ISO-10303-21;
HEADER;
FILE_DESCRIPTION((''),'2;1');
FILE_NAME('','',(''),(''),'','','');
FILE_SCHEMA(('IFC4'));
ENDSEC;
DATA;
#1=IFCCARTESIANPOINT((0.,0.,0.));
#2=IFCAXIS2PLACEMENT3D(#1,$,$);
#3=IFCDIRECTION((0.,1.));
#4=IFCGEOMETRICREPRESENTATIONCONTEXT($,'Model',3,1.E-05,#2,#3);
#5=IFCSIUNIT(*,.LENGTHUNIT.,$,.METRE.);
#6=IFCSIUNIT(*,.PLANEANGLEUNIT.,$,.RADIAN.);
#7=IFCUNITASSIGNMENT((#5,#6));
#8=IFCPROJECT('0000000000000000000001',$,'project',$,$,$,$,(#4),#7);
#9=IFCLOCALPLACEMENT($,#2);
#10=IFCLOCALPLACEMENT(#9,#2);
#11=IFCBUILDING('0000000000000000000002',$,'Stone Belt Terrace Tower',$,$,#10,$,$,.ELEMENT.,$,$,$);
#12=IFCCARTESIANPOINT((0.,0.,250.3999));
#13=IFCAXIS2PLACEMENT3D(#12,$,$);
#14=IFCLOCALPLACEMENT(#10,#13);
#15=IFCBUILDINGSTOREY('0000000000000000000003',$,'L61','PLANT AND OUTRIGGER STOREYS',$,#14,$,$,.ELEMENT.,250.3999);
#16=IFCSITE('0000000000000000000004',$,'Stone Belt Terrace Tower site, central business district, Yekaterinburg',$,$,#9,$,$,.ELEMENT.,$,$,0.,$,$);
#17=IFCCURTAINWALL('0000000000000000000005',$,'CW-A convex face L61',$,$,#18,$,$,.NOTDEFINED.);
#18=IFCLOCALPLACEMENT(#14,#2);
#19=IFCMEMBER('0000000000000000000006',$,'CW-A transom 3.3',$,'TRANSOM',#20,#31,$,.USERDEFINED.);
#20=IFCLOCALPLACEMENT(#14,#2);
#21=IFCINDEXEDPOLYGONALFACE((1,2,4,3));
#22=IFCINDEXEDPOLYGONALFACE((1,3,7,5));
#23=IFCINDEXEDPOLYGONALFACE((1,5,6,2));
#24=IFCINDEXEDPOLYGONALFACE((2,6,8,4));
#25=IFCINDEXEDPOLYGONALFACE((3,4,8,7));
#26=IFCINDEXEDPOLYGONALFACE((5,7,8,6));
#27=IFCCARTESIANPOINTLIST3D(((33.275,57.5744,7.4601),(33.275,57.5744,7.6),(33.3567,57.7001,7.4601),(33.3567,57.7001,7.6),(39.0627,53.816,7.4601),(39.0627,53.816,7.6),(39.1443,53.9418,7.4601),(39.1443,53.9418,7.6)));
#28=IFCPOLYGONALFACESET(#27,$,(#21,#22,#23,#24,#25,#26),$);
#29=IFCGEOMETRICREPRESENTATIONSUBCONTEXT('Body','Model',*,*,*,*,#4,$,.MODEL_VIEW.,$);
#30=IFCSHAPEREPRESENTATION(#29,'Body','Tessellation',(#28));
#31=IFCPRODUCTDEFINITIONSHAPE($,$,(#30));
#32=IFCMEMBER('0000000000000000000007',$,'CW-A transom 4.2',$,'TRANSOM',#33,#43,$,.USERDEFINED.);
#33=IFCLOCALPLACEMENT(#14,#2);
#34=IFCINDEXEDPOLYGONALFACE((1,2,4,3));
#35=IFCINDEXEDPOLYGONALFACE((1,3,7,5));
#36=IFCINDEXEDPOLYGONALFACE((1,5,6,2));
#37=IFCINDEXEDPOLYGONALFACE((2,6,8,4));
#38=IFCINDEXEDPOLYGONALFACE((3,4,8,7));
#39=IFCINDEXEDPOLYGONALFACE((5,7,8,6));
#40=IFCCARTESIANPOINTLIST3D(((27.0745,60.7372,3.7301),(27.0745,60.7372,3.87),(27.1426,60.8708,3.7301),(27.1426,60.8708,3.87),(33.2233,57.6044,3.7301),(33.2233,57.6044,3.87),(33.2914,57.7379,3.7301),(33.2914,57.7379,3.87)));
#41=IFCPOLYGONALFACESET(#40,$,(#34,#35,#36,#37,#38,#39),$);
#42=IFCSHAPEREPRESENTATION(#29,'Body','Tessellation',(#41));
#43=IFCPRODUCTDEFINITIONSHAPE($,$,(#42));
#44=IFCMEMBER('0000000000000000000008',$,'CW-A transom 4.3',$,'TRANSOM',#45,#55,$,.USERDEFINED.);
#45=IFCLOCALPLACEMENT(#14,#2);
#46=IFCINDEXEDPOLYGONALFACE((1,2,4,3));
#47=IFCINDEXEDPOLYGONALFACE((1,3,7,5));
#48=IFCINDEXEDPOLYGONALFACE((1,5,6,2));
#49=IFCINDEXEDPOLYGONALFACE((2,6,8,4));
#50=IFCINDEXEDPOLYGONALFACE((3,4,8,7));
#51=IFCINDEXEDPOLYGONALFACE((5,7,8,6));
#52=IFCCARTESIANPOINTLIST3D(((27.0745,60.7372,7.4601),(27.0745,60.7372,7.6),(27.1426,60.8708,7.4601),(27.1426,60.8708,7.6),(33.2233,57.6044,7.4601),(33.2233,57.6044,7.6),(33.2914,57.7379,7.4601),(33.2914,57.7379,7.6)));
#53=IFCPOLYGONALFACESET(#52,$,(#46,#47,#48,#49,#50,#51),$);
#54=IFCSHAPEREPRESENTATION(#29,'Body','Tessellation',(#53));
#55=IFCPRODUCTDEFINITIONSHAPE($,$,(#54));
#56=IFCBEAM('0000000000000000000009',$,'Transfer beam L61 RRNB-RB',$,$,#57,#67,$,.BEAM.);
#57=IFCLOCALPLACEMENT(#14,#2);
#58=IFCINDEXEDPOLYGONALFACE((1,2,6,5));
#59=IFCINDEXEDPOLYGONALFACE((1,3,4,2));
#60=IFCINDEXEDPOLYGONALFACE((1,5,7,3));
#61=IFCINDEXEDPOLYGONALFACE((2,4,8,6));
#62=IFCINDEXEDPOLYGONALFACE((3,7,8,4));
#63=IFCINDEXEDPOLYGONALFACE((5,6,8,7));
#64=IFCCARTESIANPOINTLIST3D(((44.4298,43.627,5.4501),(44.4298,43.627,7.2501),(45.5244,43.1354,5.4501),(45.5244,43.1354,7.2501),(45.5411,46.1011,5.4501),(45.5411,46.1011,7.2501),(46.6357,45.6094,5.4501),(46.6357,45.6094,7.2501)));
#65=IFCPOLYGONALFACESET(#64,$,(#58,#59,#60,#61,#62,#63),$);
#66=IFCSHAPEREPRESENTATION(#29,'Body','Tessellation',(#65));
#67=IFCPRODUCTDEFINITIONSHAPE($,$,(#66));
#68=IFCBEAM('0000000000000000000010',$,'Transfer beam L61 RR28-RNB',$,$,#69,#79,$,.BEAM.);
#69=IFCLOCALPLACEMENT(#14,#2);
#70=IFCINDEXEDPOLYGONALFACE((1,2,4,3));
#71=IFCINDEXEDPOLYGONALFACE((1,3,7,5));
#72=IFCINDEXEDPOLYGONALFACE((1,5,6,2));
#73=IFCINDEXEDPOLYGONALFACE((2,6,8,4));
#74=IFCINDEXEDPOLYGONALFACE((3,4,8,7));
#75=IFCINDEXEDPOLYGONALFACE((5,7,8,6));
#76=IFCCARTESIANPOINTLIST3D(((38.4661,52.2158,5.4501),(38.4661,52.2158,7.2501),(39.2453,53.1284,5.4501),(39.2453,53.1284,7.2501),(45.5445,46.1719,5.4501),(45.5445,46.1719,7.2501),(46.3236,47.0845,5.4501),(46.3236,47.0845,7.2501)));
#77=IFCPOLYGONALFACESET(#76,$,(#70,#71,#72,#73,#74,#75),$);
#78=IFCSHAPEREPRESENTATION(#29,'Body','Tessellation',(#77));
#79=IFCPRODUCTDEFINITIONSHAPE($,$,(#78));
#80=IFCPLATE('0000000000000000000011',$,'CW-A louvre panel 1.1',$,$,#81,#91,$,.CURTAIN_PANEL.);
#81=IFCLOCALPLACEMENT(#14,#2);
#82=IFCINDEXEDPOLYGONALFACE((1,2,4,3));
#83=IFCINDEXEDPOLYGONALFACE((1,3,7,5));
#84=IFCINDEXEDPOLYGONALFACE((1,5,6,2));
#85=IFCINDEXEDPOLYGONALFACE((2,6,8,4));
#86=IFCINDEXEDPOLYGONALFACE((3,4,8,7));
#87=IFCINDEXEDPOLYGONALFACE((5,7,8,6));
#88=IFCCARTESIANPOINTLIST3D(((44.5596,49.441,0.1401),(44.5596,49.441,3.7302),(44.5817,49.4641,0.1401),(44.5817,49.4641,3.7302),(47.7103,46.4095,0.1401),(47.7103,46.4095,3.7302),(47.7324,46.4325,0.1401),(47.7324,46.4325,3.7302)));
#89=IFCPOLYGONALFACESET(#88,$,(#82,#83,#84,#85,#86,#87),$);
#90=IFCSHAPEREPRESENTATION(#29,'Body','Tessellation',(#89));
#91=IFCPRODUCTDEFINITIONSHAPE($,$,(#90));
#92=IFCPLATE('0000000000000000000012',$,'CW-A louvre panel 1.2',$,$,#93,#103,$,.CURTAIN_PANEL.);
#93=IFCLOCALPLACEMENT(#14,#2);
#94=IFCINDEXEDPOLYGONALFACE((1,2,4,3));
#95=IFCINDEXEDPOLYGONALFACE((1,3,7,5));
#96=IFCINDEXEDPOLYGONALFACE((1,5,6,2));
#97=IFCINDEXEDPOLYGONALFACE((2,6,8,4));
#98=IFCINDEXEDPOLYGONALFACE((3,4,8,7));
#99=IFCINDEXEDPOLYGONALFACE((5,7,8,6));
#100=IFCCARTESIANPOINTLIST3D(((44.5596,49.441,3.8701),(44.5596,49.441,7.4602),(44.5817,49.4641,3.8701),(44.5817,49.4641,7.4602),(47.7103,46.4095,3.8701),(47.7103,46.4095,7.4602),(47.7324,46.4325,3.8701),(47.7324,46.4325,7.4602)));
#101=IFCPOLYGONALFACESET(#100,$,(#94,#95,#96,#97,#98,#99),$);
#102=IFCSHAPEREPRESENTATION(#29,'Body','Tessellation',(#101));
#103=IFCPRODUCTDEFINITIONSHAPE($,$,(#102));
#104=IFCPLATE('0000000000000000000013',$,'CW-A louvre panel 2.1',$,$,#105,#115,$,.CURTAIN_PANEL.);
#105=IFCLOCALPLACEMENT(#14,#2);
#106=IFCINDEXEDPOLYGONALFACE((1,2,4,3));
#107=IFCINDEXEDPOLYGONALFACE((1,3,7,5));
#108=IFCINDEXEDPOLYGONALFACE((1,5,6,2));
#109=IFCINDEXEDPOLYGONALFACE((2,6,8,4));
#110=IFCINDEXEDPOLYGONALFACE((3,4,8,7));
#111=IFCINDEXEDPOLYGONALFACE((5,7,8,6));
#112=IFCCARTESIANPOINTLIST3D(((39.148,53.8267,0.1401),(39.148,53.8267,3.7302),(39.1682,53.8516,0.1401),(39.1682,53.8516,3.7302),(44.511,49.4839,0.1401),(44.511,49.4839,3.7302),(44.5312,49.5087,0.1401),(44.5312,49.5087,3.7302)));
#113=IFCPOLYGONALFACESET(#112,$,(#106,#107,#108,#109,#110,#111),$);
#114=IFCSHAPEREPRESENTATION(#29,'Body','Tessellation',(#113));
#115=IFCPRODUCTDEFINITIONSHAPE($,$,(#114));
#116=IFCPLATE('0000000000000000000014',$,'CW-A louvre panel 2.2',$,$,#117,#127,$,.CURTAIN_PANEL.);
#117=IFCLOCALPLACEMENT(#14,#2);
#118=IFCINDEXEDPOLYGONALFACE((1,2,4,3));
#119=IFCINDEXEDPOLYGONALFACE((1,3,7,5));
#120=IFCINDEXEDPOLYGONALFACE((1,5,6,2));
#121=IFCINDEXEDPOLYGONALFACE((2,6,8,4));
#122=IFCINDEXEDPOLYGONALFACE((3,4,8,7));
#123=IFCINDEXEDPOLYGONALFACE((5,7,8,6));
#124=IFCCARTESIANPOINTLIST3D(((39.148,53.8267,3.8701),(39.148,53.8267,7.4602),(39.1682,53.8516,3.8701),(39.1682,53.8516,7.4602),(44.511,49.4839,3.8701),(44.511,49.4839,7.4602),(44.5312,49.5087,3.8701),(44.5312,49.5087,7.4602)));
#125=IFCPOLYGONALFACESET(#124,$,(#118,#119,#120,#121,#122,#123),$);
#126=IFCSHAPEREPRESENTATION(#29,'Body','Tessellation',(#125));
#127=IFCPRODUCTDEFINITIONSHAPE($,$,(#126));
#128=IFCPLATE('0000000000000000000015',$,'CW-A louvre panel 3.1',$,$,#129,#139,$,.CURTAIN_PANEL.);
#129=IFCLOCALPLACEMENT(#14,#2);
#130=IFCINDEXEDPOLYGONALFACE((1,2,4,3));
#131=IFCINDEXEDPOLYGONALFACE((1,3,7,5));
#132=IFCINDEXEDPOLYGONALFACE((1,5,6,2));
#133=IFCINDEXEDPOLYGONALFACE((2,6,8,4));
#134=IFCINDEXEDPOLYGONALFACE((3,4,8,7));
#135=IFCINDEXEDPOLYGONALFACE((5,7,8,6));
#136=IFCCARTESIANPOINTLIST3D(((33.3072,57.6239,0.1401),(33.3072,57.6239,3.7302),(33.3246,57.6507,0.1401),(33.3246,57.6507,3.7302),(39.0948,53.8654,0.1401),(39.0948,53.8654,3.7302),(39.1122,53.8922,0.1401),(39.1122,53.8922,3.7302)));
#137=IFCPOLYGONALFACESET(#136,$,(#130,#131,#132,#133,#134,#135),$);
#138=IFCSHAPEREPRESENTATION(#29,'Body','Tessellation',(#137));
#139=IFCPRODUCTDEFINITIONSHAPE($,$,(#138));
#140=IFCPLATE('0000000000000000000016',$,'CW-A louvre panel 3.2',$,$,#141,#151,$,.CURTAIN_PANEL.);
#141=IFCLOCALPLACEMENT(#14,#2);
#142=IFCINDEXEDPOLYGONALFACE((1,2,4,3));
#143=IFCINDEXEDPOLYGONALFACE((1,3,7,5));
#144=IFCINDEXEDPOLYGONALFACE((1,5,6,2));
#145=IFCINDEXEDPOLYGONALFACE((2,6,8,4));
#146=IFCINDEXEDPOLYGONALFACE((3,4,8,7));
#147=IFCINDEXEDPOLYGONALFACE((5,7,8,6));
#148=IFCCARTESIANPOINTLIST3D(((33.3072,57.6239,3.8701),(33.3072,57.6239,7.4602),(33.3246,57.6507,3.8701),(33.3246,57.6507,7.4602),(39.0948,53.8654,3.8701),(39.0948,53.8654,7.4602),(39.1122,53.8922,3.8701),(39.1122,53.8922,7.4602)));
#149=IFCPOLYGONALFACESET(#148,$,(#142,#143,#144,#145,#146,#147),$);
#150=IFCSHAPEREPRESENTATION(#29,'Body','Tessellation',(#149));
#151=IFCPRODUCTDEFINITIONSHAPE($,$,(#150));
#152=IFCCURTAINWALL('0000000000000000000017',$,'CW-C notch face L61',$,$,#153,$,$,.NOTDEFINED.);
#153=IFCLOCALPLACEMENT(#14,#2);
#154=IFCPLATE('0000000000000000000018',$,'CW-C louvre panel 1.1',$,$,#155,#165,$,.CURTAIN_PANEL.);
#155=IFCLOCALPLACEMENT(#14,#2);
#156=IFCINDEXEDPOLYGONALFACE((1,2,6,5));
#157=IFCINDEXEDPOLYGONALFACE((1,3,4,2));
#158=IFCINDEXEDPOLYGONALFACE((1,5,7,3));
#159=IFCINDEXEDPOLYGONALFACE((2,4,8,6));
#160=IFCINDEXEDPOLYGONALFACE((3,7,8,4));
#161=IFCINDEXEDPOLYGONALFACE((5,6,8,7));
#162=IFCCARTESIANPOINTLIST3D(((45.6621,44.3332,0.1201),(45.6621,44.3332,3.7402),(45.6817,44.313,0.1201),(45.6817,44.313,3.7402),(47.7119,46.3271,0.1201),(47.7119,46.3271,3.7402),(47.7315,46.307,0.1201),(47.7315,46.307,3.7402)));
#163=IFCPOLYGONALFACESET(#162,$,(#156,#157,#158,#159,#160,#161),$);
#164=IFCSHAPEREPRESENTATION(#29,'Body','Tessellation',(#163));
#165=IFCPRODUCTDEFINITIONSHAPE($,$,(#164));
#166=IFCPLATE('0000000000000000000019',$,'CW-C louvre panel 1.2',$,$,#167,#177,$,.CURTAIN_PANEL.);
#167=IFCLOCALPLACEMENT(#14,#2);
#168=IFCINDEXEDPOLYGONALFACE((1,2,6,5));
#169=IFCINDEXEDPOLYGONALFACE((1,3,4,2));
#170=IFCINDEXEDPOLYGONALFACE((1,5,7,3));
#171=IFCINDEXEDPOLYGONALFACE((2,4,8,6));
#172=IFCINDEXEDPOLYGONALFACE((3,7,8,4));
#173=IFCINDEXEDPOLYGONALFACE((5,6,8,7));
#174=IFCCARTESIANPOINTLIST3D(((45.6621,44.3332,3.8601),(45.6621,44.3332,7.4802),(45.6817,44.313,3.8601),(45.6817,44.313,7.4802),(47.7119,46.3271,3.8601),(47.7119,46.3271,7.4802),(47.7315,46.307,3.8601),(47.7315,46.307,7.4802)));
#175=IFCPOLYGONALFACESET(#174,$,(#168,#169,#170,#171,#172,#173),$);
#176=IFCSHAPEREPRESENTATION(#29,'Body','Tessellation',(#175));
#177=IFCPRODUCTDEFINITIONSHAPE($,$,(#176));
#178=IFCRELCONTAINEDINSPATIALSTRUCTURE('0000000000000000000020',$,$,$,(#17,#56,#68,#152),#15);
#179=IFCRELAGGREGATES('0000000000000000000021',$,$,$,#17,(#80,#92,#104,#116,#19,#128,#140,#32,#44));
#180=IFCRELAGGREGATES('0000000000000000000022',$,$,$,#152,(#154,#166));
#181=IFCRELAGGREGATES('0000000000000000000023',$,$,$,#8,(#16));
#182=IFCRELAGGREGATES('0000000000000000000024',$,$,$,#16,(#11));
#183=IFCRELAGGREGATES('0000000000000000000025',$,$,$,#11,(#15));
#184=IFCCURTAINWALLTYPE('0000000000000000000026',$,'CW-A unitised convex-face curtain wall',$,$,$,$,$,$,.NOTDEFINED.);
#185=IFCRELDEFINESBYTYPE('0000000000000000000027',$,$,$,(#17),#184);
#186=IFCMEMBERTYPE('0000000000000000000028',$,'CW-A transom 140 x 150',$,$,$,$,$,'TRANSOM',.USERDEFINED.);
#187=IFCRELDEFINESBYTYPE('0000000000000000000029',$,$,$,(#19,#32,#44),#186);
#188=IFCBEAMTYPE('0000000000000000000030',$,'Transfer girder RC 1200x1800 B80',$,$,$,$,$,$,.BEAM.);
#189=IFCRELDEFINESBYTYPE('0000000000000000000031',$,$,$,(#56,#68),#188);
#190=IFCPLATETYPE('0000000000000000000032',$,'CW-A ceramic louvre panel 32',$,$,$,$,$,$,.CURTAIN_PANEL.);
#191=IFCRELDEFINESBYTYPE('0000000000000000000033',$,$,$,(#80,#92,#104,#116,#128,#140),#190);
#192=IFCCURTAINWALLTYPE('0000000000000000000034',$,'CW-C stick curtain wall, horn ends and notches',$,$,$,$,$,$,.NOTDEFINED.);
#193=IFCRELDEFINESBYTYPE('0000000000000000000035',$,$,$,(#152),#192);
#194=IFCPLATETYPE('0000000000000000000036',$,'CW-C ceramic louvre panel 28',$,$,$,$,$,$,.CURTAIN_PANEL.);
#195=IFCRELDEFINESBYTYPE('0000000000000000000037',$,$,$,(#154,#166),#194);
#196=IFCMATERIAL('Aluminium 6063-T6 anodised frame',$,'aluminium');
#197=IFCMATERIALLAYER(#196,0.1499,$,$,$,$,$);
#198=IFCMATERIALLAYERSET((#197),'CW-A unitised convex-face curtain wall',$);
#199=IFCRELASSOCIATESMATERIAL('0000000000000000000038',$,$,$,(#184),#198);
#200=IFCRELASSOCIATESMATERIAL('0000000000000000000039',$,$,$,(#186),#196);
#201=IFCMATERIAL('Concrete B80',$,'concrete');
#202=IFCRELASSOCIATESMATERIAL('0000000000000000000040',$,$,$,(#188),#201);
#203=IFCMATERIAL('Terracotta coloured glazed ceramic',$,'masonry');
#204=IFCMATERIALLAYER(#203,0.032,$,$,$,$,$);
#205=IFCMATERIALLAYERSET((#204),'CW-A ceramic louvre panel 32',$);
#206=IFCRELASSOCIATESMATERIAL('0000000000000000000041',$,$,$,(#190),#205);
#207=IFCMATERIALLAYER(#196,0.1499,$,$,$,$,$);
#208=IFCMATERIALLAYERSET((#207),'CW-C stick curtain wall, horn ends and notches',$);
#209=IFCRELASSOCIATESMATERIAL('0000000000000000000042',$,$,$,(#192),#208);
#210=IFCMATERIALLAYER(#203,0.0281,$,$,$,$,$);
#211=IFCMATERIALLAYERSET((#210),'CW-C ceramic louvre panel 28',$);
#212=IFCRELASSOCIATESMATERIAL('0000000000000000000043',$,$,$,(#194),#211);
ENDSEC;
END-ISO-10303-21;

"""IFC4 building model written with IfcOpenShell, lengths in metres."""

from ifc_helpers import new_model, si_unit, direction, frame, origin, origin_2d, place, context, subcontext, project, spatial, rectangle, extrude, material, layer, layer_set, material_profile, profile_set, type_object, element, aggregate, save


model = new_model("IFC4")

# Units and contexts
model_context = context("Model", 3, precision=1e-05, world=origin(), true_north=direction((0.0, 1.0)))
body_context = subcontext(model_context, "Body", "Model", "MODEL_VIEW")
ifc_project = project(units=[si_unit("LENGTHUNIT", "METRE"), si_unit("PLANEANGLEUNIT", "RADIAN")], contexts=[model_context])

# Site, building, storey
site_placement = place(None, origin())
site = spatial("IfcSite", under=ifc_project, at=site_placement, Name="Stone Belt Terrace Tower site, central business district, Yekaterinburg", CompositionType="ELEMENT", RefElevation=0.0)
building_placement = place(site_placement, origin())
building = spatial("IfcBuilding", under=site, at=building_placement, Name="Stone Belt Terrace Tower", CompositionType="ELEMENT")
storey_placement = place(building_placement, frame((0.0, 0.0, 250.3999)))
storey = spatial("IfcBuildingStorey", under=building, at=storey_placement, Name="L61", Description="PLANT AND OUTRIGGER STOREYS", CompositionType="ELEMENT", Elevation=250.3999)

# Curtain wall, members
ifc_material_1 = material(Name="Aluminium 6063-T6 anodised frame", Category="aluminium")
ifc_layer_1 = layer(ifc_material_1, 0.1499)
ifc_layer_set_1 = layer_set([ifc_layer_1], Name="CW-A unitised convex-face curtain wall")
curtain_wall_type_1 = type_object("IfcCurtainWallType", Name="CW-A unitised convex-face curtain wall", PredefinedType="NOTDEFINED", material=ifc_layer_set_1)
curtain_wall_1_placement = place(storey_placement, origin())
curtain_wall_1 = element("IfcCurtainWall", 1, at=curtain_wall_1_placement, inside=storey, type_object=curtain_wall_type_1, Name="CW-A convex face L61", PredefinedType="NOTDEFINED")
ifc_material_profile_1 = material_profile(ifc_material_1, rectangle(XDim=0.1499, YDim=0.1399, at=origin_2d()), Name="Aluminium 6063-T6 150x140")
ifc_profile_set_1 = profile_set([ifc_material_profile_1], Name="Aluminium 6063-T6 anodised frame")
member_type_1 = type_object("IfcMemberType", Name="CW-A transom 140 x 150", ElementType="TRANSOM", PredefinedType="USERDEFINED", material=ifc_profile_set_1)
member_1_placement = place(storey_placement, frame((39.1035, 53.8789, 7.53), z_axis=(-0.838684, 0.544618, 0.0), x_axis=(-0.544618, -0.838684, 0.0)))
member_1 = element("IfcMember", 2, at=member_1_placement, type_object=member_type_1, Name="CW-A transom 3.3", ObjectType="TRANSOM", PredefinedType="USERDEFINED", context=body_context, shape_type="SweptSolid", body=[
    extrude(rectangle(XDim=0.1499, YDim=0.1399, at=origin_2d()), origin(), (0.0, 0.0, 1.0), 6.9009),
])
member_2_placement = place(storey_placement, frame((33.2573, 57.6711, 3.8), z_axis=(-0.891012, 0.453979, 0.0), x_axis=(-0.453979, -0.891012, 0.0)))
member_2 = element("IfcMember", 3, at=member_2_placement, type_object=member_type_1, Name="CW-A transom 4.2", ObjectType="TRANSOM", PredefinedType="USERDEFINED", context=body_context, shape_type="SweptSolid", body=[
    extrude(rectangle(XDim=0.1499, YDim=0.1399, at=origin_2d()), origin(), (0.0, 0.0, 1.0), 6.9009),
])
member_3_placement = place(storey_placement, frame((33.2573, 57.6711, 7.53), z_axis=(-0.891012, 0.453979, 0.0), x_axis=(-0.453979, -0.891012, 0.0)))
member_3 = element("IfcMember", 4, at=member_3_placement, type_object=member_type_1, Name="CW-A transom 4.3", ObjectType="TRANSOM", PredefinedType="USERDEFINED", context=body_context, shape_type="SweptSolid", body=[
    extrude(rectangle(XDim=0.1499, YDim=0.1399, at=origin_2d()), origin(), (0.0, 0.0, 1.0), 6.9009),
])

# Beams
ifc_material_2 = material(Name="Concrete B80", Category="concrete")
ifc_material_profile_2 = material_profile(ifc_material_2, rectangle(XDim=1.2, YDim=1.8, at=origin_2d()), Name="RC 1200x1800")
ifc_profile_set_2 = profile_set([ifc_material_profile_2], Name="Concrete B80")
beam_type = type_object("IfcBeamType", Name="Transfer girder RC 1200x1800 B80", PredefinedType="BEAM", material=ifc_profile_set_2)
beam_1_placement = place(storey_placement, frame((46.0884, 45.8552, 6.3501), z_axis=(-0.409743, -0.912201, 0.0), x_axis=(0.912201, -0.409743, 0.0)))
element("IfcBeam", 5, at=beam_1_placement, inside=storey, type_object=beam_type, Name="Transfer beam L61 RRNB-RB", PredefinedType="BEAM", context=body_context, shape_type="SweptSolid", body=[
    extrude(rectangle(XDim=1.2, YDim=1.8, at=origin_2d()), origin(), (0.0, 0.0, 1.0), 2.7122),
])
beam_2_placement = place(storey_placement, frame((38.8557, 52.6721, 6.3501), z_axis=(0.760488, -0.649352, 0.0), x_axis=(0.649352, 0.760488, 0.0)))
element("IfcBeam", 6, at=beam_2_placement, inside=storey, type_object=beam_type, Name="Transfer beam L61 RR28-RNB", PredefinedType="BEAM", context=body_context, shape_type="SweptSolid", body=[
    extrude(rectangle(XDim=1.2, YDim=1.8, at=origin_2d()), origin(), (0.0, 0.0, 1.0), 9.3076),
])

# Plates
ifc_material_3 = material(Name="Terracotta coloured glazed ceramic", Category="masonry")
ifc_layer_2 = layer(ifc_material_3, 0.032)
ifc_layer_set_2 = layer_set([ifc_layer_2], Name="CW-A ceramic louvre panel 32")
plate_type_1 = type_object("IfcPlateType", Name="CW-A ceramic louvre panel 32", PredefinedType="CURTAIN_PANEL", material=ifc_layer_set_2)
plate_1_placement = place(storey_placement, frame((46.146, 47.9368, 0.1401), z_axis=(0.0, 0.0, 1.0), x_axis=(-0.720604, 0.693346, 0.0)))
plate_1 = element("IfcPlate", 7, at=plate_1_placement, type_object=plate_type_1, Name="CW-A louvre panel 1.1", PredefinedType="CURTAIN_PANEL", context=body_context, shape_type="SweptSolid", body=[
    extrude(rectangle(XDim=4.3723, YDim=0.032, at=origin_2d()), origin(), (0.0, 0.0, 1.0), 3.5901),
])
plate_2_placement = place(storey_placement, frame((46.146, 47.9368, 3.8701), z_axis=(0.0, 0.0, 1.0), x_axis=(-0.720604, 0.693346, 0.0)))
plate_2 = element("IfcPlate", 8, at=plate_2_placement, type_object=plate_type_1, Name="CW-A louvre panel 1.2", PredefinedType="CURTAIN_PANEL", context=body_context, shape_type="SweptSolid", body=[
    extrude(rectangle(XDim=4.3723, YDim=0.032, at=origin_2d()), origin(), (0.0, 0.0, 1.0), 3.5901),
])
plate_3_placement = place(storey_placement, frame((41.8396, 51.6677, 0.1401), z_axis=(0.0, 0.0, 1.0), x_axis=(-0.777146, 0.62932, 0.0)))
plate_3 = element("IfcPlate", 9, at=plate_3_placement, type_object=plate_type_1, Name="CW-A louvre panel 2.1", PredefinedType="CURTAIN_PANEL", context=body_context, shape_type="SweptSolid", body=[
    extrude(rectangle(XDim=6.9009, YDim=0.032, at=origin_2d()), origin(), (0.0, 0.0, 1.0), 3.5901),
])
plate_4_placement = place(storey_placement, frame((41.8396, 51.6677, 3.8701), z_axis=(0.0, 0.0, 1.0), x_axis=(-0.777146, 0.62932, 0.0)))
plate_4 = element("IfcPlate", 10, at=plate_4_placement, type_object=plate_type_1, Name="CW-A louvre panel 2.2", PredefinedType="CURTAIN_PANEL", context=body_context, shape_type="SweptSolid", body=[
    extrude(rectangle(XDim=6.9009, YDim=0.032, at=origin_2d()), origin(), (0.0, 0.0, 1.0), 3.5901),
])
plate_5_placement = place(storey_placement, frame((36.2097, 55.7581, 0.1401), z_axis=(0.0, 0.0, 1.0), x_axis=(-0.838671, 0.544639, 0.0)))
plate_5 = element("IfcPlate", 11, at=plate_5_placement, type_object=plate_type_1, Name="CW-A louvre panel 3.1", PredefinedType="CURTAIN_PANEL", context=body_context, shape_type="SweptSolid", body=[
    extrude(rectangle(XDim=6.9009, YDim=0.032, at=origin_2d()), origin(), (0.0, 0.0, 1.0), 3.5901),
])
plate_6_placement = place(storey_placement, frame((36.2097, 55.7581, 3.8701), z_axis=(0.0, 0.0, 1.0), x_axis=(-0.838671, 0.544639, 0.0)))
plate_6 = element("IfcPlate", 12, at=plate_6_placement, type_object=plate_type_1, Name="CW-A louvre panel 3.2", PredefinedType="CURTAIN_PANEL", context=body_context, shape_type="SweptSolid", body=[
    extrude(rectangle(XDim=6.9009, YDim=0.032, at=origin_2d()), origin(), (0.0, 0.0, 1.0), 3.5901),
])
aggregate(curtain_wall_1, [plate_1, plate_2, plate_3, plate_4, member_1, plate_5, plate_6, member_2, member_3])

# Curtain wall, plates
ifc_layer_3 = layer(ifc_material_1, 0.1499)
ifc_layer_set_3 = layer_set([ifc_layer_3], Name="CW-C stick curtain wall, horn ends and notches")
curtain_wall_type_2 = type_object("IfcCurtainWallType", Name="CW-C stick curtain wall, horn ends and notches", PredefinedType="NOTDEFINED", material=ifc_layer_set_3)
curtain_wall_2_placement = place(storey_placement, origin())
curtain_wall_2 = element("IfcCurtainWall", 13, at=curtain_wall_2_placement, inside=storey, type_object=curtain_wall_type_2, Name="CW-C notch face L61", PredefinedType="NOTDEFINED")
ifc_layer_4 = layer(ifc_material_3, 0.0281)
ifc_layer_set_4 = layer_set([ifc_layer_4], Name="CW-C ceramic louvre panel 28")
plate_type_2 = type_object("IfcPlateType", Name="CW-C ceramic louvre panel 28", PredefinedType="CURTAIN_PANEL", material=ifc_layer_set_4)
plate_7_placement = place(storey_placement, frame((46.6968, 45.3201, 0.1201), z_axis=(0.0, 0.0, 1.0), x_axis=(0.716803, 0.697275, 0.0)))
plate_7 = element("IfcPlate", 14, at=plate_7_placement, type_object=plate_type_2, Name="CW-C louvre panel 1.1", PredefinedType="CURTAIN_PANEL", context=body_context, shape_type="SweptSolid", body=[
    extrude(rectangle(XDim=2.8596, YDim=0.0281, at=origin_2d()), origin(), (0.0, 0.0, 1.0), 3.6201),
])
plate_8_placement = place(storey_placement, frame((46.6968, 45.3201, 3.8601), z_axis=(0.0, 0.0, 1.0), x_axis=(0.716803, 0.697275, 0.0)))
plate_8 = element("IfcPlate", 15, at=plate_8_placement, type_object=plate_type_2, Name="CW-C louvre panel 1.2", PredefinedType="CURTAIN_PANEL", context=body_context, shape_type="SweptSolid", body=[
    extrude(rectangle(XDim=2.8596, YDim=0.0281, at=origin_2d()), origin(), (0.0, 0.0, 1.0), 3.6201),
])
aggregate(curtain_wall_2, [plate_7, plate_8])

save(model, "model.ifc")
